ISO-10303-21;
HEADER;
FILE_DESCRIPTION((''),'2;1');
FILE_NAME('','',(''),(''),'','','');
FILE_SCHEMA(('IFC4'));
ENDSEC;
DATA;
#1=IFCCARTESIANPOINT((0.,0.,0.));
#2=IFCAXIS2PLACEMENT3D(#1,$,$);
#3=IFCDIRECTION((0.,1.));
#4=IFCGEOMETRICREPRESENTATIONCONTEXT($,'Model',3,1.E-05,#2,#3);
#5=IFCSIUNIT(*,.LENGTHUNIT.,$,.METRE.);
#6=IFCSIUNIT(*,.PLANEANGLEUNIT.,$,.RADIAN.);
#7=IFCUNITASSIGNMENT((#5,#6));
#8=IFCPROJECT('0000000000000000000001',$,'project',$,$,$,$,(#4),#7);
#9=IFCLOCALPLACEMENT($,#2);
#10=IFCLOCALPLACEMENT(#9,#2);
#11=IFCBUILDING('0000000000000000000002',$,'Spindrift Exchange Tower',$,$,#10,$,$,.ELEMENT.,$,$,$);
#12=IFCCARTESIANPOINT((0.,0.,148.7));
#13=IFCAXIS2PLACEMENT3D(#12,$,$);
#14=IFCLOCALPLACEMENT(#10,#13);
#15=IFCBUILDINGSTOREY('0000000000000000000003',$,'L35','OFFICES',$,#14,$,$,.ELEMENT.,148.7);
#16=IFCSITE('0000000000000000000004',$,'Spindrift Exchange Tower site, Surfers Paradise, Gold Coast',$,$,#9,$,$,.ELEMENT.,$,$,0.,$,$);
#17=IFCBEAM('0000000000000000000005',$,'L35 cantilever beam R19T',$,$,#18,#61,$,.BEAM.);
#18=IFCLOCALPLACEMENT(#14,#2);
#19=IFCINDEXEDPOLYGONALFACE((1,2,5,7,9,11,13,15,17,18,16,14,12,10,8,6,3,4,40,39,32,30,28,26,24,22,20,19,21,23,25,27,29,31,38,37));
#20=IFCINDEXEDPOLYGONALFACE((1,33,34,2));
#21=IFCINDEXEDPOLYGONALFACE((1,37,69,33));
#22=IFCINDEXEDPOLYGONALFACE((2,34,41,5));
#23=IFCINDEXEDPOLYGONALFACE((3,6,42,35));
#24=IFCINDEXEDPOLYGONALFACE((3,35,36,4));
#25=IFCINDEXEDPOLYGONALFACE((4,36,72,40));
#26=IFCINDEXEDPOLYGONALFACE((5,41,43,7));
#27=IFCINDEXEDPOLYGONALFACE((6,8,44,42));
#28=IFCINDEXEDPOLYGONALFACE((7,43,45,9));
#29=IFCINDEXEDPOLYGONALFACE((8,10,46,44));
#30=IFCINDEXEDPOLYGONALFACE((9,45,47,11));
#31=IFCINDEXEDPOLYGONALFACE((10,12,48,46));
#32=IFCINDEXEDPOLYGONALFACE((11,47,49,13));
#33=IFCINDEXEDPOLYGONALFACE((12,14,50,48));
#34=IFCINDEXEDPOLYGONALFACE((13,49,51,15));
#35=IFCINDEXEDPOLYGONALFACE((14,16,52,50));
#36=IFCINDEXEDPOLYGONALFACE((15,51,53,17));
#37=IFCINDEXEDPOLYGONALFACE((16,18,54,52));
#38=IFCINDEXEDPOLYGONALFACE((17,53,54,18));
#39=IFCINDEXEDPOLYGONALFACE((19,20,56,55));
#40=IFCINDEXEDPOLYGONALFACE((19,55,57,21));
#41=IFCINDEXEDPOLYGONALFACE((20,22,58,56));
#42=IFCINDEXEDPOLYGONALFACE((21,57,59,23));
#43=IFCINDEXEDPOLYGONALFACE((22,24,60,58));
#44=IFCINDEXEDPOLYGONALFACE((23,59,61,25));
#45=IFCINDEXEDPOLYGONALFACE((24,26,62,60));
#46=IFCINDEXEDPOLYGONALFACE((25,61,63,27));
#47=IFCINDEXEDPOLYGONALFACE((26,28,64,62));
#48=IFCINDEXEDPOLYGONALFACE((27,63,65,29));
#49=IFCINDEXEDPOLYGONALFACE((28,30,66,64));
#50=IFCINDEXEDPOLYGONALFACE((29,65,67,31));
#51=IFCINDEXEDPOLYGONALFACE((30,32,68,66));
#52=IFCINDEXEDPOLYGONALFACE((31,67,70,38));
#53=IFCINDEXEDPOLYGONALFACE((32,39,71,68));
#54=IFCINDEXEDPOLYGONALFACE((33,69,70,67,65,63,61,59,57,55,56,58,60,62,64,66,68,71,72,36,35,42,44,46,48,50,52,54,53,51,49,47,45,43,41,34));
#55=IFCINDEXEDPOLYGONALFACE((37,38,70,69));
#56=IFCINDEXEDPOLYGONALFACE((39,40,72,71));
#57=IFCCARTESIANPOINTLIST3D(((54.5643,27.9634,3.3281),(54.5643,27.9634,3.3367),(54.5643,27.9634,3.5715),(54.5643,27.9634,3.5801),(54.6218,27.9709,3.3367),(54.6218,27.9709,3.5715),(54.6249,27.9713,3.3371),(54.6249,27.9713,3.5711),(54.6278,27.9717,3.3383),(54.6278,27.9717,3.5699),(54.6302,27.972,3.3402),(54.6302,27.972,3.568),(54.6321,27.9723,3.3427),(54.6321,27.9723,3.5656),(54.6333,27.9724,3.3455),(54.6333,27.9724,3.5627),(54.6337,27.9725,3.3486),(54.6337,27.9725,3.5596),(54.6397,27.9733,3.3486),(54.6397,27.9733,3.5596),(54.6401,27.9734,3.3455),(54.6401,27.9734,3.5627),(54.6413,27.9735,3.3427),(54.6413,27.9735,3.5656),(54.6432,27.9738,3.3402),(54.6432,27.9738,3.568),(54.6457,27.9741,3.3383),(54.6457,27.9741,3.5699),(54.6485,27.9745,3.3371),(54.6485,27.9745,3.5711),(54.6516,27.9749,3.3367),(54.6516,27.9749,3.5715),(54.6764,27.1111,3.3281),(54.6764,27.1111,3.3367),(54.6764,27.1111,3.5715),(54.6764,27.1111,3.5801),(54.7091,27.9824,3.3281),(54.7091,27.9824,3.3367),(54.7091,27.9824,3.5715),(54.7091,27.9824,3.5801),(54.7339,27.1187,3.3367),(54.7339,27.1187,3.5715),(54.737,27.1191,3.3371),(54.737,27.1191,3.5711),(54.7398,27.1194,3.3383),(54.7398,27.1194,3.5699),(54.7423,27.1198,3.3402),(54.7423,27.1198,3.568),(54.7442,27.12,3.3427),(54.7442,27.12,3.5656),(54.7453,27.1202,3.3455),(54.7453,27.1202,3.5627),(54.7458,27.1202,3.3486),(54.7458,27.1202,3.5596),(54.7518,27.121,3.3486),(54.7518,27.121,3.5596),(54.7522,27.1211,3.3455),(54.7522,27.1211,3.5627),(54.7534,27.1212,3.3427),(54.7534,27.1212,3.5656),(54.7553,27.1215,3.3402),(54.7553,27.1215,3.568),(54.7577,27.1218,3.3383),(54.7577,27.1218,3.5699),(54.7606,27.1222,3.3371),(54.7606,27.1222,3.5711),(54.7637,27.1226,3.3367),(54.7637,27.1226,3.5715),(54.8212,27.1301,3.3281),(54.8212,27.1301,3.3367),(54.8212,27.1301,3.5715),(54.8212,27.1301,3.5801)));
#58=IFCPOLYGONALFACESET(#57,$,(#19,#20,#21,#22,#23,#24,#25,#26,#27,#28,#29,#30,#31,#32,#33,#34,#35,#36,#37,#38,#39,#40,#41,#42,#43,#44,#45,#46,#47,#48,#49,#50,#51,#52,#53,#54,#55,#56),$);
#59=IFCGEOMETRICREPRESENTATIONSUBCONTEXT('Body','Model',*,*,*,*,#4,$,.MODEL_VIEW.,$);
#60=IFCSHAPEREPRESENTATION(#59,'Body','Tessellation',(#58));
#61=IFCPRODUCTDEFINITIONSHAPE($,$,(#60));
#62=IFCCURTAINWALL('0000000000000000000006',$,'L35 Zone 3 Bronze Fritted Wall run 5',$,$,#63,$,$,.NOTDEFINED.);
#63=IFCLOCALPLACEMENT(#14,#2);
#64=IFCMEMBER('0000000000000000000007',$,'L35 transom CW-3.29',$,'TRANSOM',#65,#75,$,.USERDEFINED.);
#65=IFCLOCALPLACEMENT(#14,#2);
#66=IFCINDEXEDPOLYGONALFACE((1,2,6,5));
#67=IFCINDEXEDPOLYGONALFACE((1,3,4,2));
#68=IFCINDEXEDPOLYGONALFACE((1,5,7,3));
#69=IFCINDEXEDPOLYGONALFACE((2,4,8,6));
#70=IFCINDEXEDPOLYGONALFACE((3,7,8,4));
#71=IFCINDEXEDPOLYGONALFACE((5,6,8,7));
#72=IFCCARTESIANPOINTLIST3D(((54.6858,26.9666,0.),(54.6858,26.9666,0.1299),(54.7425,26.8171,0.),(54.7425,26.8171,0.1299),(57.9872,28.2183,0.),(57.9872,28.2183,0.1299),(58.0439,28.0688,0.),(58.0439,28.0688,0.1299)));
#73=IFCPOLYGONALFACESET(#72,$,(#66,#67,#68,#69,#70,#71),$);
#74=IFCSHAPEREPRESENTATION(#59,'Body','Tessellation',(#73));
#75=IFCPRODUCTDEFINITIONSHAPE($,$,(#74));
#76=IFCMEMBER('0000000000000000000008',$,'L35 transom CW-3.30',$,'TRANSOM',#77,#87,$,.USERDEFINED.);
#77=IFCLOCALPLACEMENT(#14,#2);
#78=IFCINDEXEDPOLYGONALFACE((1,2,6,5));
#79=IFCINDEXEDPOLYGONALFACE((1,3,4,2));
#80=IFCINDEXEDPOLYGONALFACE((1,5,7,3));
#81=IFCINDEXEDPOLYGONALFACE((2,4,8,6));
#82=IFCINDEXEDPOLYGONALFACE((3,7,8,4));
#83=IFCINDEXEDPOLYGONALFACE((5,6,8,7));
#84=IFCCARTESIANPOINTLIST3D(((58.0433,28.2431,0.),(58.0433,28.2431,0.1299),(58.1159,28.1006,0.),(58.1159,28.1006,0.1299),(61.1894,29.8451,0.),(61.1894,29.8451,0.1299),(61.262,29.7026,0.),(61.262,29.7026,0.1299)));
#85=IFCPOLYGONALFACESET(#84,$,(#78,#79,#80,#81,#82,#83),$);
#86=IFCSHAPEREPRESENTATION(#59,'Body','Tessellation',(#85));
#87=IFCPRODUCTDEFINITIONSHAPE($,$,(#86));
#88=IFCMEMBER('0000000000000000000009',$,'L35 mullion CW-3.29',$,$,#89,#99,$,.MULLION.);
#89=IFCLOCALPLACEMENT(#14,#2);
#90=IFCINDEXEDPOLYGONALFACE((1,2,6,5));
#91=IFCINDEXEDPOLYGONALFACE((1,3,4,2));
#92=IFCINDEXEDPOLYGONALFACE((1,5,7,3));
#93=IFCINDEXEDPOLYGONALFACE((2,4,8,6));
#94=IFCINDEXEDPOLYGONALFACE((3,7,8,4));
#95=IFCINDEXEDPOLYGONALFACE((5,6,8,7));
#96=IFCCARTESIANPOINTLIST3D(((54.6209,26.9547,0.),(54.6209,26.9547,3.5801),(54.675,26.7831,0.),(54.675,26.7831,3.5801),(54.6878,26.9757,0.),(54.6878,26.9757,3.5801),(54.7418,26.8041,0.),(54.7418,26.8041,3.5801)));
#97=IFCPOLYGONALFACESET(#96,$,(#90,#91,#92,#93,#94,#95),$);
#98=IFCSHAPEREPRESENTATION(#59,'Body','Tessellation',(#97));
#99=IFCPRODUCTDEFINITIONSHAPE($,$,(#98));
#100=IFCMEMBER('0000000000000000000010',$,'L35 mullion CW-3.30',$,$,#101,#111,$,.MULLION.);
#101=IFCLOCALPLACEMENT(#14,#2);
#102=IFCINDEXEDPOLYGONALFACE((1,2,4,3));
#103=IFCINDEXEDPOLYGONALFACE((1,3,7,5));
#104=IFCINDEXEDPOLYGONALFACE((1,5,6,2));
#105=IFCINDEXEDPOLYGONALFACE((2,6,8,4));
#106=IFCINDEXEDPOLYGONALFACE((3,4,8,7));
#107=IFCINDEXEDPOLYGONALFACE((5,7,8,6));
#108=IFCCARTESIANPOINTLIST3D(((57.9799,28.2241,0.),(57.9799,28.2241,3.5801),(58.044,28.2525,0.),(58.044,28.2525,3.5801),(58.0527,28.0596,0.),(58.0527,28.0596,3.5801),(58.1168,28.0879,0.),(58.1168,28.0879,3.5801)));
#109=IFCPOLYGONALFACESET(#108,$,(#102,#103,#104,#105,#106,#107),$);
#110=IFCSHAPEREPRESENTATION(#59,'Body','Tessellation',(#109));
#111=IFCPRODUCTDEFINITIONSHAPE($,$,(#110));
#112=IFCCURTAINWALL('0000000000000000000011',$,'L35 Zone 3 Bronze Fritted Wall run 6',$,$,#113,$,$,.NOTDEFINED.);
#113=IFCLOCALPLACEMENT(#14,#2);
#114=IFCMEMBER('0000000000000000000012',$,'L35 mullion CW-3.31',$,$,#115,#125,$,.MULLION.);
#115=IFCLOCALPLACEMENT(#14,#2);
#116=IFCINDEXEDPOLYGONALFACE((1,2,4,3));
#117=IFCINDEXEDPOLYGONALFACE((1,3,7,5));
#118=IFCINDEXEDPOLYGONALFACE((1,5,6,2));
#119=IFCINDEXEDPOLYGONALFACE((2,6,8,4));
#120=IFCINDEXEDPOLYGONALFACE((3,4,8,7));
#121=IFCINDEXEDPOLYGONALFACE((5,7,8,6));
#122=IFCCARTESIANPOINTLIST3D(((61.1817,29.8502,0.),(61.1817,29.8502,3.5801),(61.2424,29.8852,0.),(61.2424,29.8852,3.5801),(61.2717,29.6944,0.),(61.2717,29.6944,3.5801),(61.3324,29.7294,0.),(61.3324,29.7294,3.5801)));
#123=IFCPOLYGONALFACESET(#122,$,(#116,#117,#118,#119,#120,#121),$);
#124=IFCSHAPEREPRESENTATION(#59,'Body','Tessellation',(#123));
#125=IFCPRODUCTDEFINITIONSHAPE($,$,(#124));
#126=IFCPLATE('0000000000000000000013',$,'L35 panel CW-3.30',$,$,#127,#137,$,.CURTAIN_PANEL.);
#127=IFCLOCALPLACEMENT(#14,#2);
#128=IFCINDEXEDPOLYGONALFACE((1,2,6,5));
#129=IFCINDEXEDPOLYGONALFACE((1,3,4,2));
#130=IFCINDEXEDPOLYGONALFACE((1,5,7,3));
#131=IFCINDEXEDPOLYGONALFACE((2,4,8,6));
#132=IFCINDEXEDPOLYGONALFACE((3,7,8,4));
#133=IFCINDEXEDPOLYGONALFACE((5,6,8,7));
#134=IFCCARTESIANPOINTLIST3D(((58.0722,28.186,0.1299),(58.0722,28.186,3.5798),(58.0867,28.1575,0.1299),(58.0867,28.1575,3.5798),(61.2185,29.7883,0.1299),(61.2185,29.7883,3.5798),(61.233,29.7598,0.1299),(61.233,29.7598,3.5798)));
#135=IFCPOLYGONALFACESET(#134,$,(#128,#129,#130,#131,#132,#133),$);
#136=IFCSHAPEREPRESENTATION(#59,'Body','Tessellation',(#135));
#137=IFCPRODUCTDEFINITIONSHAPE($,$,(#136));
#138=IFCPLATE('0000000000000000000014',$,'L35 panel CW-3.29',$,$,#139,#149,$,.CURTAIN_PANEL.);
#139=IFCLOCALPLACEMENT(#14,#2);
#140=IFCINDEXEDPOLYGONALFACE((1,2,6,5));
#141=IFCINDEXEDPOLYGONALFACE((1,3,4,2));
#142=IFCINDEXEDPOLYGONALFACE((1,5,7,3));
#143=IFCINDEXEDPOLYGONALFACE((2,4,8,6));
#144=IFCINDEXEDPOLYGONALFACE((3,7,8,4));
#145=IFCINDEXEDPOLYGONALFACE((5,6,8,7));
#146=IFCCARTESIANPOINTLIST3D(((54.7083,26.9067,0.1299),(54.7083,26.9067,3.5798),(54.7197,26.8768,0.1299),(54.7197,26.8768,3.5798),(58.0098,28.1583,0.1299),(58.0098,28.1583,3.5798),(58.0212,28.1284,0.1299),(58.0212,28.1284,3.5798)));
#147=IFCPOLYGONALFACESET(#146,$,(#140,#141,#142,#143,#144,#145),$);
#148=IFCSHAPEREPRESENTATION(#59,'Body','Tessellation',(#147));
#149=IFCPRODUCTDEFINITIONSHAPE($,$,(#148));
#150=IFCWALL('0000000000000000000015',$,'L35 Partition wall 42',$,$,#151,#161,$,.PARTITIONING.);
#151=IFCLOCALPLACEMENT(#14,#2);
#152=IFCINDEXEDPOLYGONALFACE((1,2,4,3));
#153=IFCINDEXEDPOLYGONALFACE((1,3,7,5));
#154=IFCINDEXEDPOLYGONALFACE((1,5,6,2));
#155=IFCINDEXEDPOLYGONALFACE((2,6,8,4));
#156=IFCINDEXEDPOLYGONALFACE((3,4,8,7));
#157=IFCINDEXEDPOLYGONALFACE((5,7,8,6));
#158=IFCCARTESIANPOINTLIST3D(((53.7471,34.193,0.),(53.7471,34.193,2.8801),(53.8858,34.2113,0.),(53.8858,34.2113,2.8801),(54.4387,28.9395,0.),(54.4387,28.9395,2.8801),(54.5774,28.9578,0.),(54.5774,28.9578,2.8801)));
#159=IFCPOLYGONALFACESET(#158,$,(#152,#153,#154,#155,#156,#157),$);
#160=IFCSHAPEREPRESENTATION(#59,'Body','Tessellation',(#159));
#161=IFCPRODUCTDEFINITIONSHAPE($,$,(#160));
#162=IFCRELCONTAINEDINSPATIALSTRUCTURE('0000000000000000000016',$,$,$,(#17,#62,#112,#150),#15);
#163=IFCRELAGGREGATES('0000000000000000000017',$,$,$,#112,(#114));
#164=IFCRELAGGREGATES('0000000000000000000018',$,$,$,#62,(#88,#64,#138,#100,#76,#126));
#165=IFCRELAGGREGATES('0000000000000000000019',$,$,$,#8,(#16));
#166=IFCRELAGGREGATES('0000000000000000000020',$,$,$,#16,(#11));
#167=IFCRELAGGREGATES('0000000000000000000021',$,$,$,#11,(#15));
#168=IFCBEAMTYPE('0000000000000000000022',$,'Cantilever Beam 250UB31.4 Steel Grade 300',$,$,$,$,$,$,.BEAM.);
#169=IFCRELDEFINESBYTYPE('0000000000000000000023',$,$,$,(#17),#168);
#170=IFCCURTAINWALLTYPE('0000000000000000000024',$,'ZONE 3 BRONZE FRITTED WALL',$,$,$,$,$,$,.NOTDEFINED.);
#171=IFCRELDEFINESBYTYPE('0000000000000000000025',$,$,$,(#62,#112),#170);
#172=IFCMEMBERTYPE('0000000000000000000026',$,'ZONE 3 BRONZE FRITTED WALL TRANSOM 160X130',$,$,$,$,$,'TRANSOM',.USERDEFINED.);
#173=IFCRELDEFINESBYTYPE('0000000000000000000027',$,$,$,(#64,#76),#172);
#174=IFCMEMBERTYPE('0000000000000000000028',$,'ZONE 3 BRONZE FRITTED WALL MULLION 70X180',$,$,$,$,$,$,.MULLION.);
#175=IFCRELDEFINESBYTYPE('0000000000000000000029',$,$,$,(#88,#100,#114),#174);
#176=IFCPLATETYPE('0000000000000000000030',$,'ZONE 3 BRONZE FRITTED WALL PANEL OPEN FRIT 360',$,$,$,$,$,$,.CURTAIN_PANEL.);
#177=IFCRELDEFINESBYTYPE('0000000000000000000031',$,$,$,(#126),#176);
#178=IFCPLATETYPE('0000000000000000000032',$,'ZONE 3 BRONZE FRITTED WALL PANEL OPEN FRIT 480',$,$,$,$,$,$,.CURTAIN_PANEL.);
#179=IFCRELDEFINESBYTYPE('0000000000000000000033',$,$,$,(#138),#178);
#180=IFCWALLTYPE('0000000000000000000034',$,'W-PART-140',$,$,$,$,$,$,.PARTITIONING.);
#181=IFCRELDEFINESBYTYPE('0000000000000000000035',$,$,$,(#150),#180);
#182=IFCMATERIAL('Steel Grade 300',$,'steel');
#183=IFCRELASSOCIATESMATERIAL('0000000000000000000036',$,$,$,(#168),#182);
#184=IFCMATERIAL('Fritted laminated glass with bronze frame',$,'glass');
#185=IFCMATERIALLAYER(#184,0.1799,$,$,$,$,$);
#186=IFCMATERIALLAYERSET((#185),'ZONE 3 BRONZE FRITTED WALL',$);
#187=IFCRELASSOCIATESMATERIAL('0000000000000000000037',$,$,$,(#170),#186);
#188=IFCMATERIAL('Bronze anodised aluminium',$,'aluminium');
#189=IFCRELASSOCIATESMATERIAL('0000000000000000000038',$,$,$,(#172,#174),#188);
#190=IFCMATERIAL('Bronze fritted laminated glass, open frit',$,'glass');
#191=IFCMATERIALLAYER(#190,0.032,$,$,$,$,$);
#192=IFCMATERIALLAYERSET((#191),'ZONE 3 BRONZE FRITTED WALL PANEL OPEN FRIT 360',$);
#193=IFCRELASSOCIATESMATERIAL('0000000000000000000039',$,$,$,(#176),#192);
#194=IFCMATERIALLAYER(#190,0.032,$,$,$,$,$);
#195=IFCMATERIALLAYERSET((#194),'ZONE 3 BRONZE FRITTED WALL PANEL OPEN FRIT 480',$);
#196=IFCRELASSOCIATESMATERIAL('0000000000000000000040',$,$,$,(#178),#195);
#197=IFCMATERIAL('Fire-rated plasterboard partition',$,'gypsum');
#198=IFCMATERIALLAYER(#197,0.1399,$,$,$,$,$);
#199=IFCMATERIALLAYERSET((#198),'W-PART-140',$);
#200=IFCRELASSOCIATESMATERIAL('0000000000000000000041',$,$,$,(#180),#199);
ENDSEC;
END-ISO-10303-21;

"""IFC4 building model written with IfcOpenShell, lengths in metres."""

from ifc_helpers import new_model, si_unit, direction, frame, frame_2d, origin, origin_2d, place, context, subcontext, project, spatial, rectangle, i_section, extrude, source, transform, mapped, material, layer, layer_set, material_profile, profile_set, type_object, element, aggregate, save


model = new_model("IFC4")

# Units and contexts
model_context = context("Model", 3, precision=1e-05, world=origin(), true_north=direction((0.0, 1.0)))
body_context = subcontext(model_context, "Body", "Model", "MODEL_VIEW")
ifc_project = project(units=[si_unit("LENGTHUNIT", "METRE"), si_unit("PLANEANGLEUNIT", "RADIAN")], contexts=[model_context])

# Site, building, storey
site_placement = place(None, origin())
site = spatial("IfcSite", under=ifc_project, at=site_placement, Name="Spindrift Exchange Tower site, Surfers Paradise, Gold Coast", CompositionType="ELEMENT", RefElevation=0.0)
building_placement = place(site_placement, origin())
building = spatial("IfcBuilding", under=site, at=building_placement, Name="Spindrift Exchange Tower", CompositionType="ELEMENT")
storey_placement = place(building_placement, frame((0.0, 0.0, 148.7)))
storey = spatial("IfcBuildingStorey", under=building, at=storey_placement, Name="L35", Description="OFFICES", CompositionType="ELEMENT", Elevation=148.7)

# Beam
ifc_material_1 = material(Name="Steel Grade 300", Category="steel")
ifc_material_profile_1 = material_profile(ifc_material_1, i_section(OverallWidth=0.146, OverallDepth=0.252, WebThickness=0.0061, FlangeThickness=0.0085, FilletRadius=0.012, at=origin_2d()), Name="250UB31.4")
ifc_profile_set_1 = profile_set([ifc_material_profile_1], Name="Steel Grade 300")
beam_type_1 = type_object("IfcBeamType", Name="Cantilever Beam 250UB31.4 Steel Grade 300", PredefinedType="BEAM", material=ifc_profile_set_1)
shared_shape_1 = source(origin(), body_context, "Body", "SweptSolid", [
    extrude(i_section(OverallWidth=0.146, OverallDepth=0.252, WebThickness=0.0061, FlangeThickness=0.0085, FilletRadius=0.012, at=origin_2d()), origin(), (0.0, 0.0, 1.0), 0.8596),
])
beam_1_placement = place(storey_placement, frame((54.6367, 27.9729, 3.4541), z_axis=(0.130359, -0.991467, 0.0), x_axis=(0.991467, 0.130359, 0.0)))
element("IfcBeam", 1, at=beam_1_placement, inside=storey, type_object=beam_type_1, Name="L35 cantilever beam R19T", PredefinedType="BEAM", context=body_context, shape_type="MappedRepresentation", body=[
    mapped(shared_shape_1, transform((0.0, 0.0, 0.0), scale=1.0)),
])

# Curtain wall, members
ifc_material_2 = material(Name="Fritted laminated glass with bronze frame", Category="glass")
ifc_layer_1 = layer(ifc_material_2, 0.1799)
ifc_layer_set_1 = layer_set([ifc_layer_1], Name="ZONE 3 BRONZE FRITTED WALL")
curtain_wall_type = type_object("IfcCurtainWallType", Name="ZONE 3 BRONZE FRITTED WALL", PredefinedType="NOTDEFINED", material=ifc_layer_set_1)
curtain_wall_1_placement = place(storey_placement, origin())
curtain_wall_1 = element("IfcCurtainWall", 2, at=curtain_wall_1_placement, inside=storey, type_object=curtain_wall_type, Name="L35 Zone 3 Bronze Fritted Wall run 5", PredefinedType="NOTDEFINED")
ifc_material_3 = material(Name="Bronze anodised aluminium", Category="aluminium")
ifc_material_profile_2 = material_profile(ifc_material_3, rectangle(XDim=0.1599, YDim=0.1299, at=origin_2d()), Name="ZONE 3 BRONZE FRITTED WALL TRANSOM 160X130")
ifc_profile_set_2 = profile_set([ifc_material_profile_2], Name="Bronze anodised aluminium")
member_type_1 = type_object("IfcMemberType", Name="ZONE 3 BRONZE FRITTED WALL TRANSOM 160X130", ElementType="TRANSOM", PredefinedType="USERDEFINED", material=ifc_profile_set_2)
shared_shape_2 = source(origin(), body_context, "Body", "SweptSolid", [
    extrude(rectangle(XDim=0.1599, YDim=0.1299, at=origin_2d()), origin(), (0.0, 0.0, 1.0), 3.5308),
])
member_1_placement = place(storey_placement, frame((54.7141, 26.8918, 0.0649), z_axis=(0.935053, 0.354508, 0.0), x_axis=(-0.354508, 0.935053, 0.0)))
member_1 = element("IfcMember", 3, at=member_1_placement, type_object=member_type_1, Name="L35 transom CW-3.29", ObjectType="TRANSOM", PredefinedType="USERDEFINED", context=body_context, shape_type="MappedRepresentation", body=[
    mapped(shared_shape_2, transform((0.0, 0.0, 0.0), scale=1.0)),
])
shared_shape_3 = source(origin(), body_context, "Body", "SweptSolid", [
    extrude(rectangle(XDim=0.1599, YDim=0.1299, at=origin_2d()), origin(), (0.0, 0.0, 1.0), 3.5305),
])
member_2_placement = place(storey_placement, frame((58.0796, 28.1719, 0.0649), z_axis=(0.891125, 0.453757, 0.0), x_axis=(-0.453757, 0.891125, 0.0)))
member_2 = element("IfcMember", 4, at=member_2_placement, type_object=member_type_1, Name="L35 transom CW-3.30", ObjectType="TRANSOM", PredefinedType="USERDEFINED", context=body_context, shape_type="MappedRepresentation", body=[
    mapped(shared_shape_3, transform((0.0, 0.0, 0.0), scale=1.0)),
])
ifc_material_profile_3 = material_profile(ifc_material_3, rectangle(XDim=0.0701, YDim=0.1799, at=origin_2d()), Name="ZONE 3 BRONZE FRITTED WALL MULLION 70X180")
ifc_profile_set_3 = profile_set([ifc_material_profile_3], Name="Bronze anodised aluminium")
member_type_2 = type_object("IfcMemberType", Name="ZONE 3 BRONZE FRITTED WALL MULLION 70X180", PredefinedType="MULLION", material=ifc_profile_set_3)
shared_shape_4 = source(origin(), body_context, "Body", "SweptSolid", [
    extrude(rectangle(XDim=0.0701, YDim=0.1799, at=origin_2d()), origin(), (0.0, 0.0, 1.0), 3.5801),
])
member_3_placement = place(storey_placement, frame((54.6814, 26.8794, 0.0), z_axis=(0.0, 0.0, 1.0), x_axis=(0.953792, 0.300468, 0.0)))
member_3 = element("IfcMember", 5, at=member_3_placement, type_object=member_type_2, Name="L35 mullion CW-3.29", PredefinedType="MULLION", context=body_context, shape_type="MappedRepresentation", body=[
    mapped(shared_shape_4, transform((0.0, 0.0, 0.0), scale=1.0)),
])
member_4_placement = place(storey_placement, frame((58.0483, 28.156, 0.0), z_axis=(0.0, 0.0, 1.0), x_axis=(0.914435, 0.404734, 0.0)))
member_4 = element("IfcMember", 6, at=member_4_placement, type_object=member_type_2, Name="L35 mullion CW-3.30", PredefinedType="MULLION", context=body_context, shape_type="MappedRepresentation", body=[
    mapped(shared_shape_4, transform((0.0, 0.0, 0.0), scale=1.0)),
])

# Curtain wall, member
curtain_wall_2_placement = place(storey_placement, origin())
curtain_wall_2 = element("IfcCurtainWall", 7, at=curtain_wall_2_placement, inside=storey, type_object=curtain_wall_type, Name="L35 Zone 3 Bronze Fritted Wall run 6", PredefinedType="NOTDEFINED")
member_5_placement = place(storey_placement, frame((61.2571, 29.7898, 0.0), z_axis=(0.0, 0.0, 1.0), x_axis=(0.865923, 0.500178, 0.0)))
member_5 = element("IfcMember", 8, at=member_5_placement, type_object=member_type_2, Name="L35 mullion CW-3.31", PredefinedType="MULLION", context=body_context, shape_type="MappedRepresentation", body=[
    mapped(shared_shape_4, transform((0.0, 0.0, 0.0), scale=1.0)),
])
aggregate(curtain_wall_2, [member_5])

# Plates
ifc_material_4 = material(Name="Bronze fritted laminated glass, open frit", Category="glass")
ifc_layer_2 = layer(ifc_material_4, 0.032)
ifc_layer_set_2 = layer_set([ifc_layer_2], Name="ZONE 3 BRONZE FRITTED WALL PANEL OPEN FRIT 360")
plate_type_1 = type_object("IfcPlateType", Name="ZONE 3 BRONZE FRITTED WALL PANEL OPEN FRIT 360", PredefinedType="CURTAIN_PANEL", material=ifc_layer_set_2)
shared_shape_5 = source(origin(), body_context, "Body", "SweptSolid", [
    extrude(rectangle(XDim=3.5308, YDim=0.032, at=origin_2d()), origin(), (0.0, 0.0, 1.0), 3.45),
])
plate_1_placement = place(storey_placement, frame((59.6526, 28.9729, 0.1299), z_axis=(0.0, 0.0, 1.0), x_axis=(0.89111, 0.453788, 0.0)))
plate_1 = element("IfcPlate", 9, at=plate_1_placement, type_object=plate_type_1, Name="L35 panel CW-3.30", PredefinedType="CURTAIN_PANEL", context=body_context, shape_type="MappedRepresentation", body=[
    mapped(shared_shape_5, transform((0.0, 0.0, 0.0), scale=1.0)),
])
ifc_layer_3 = layer(ifc_material_4, 0.032)
ifc_layer_set_3 = layer_set([ifc_layer_3], Name="ZONE 3 BRONZE FRITTED WALL PANEL OPEN FRIT 480")
plate_type_2 = type_object("IfcPlateType", Name="ZONE 3 BRONZE FRITTED WALL PANEL OPEN FRIT 480", PredefinedType="CURTAIN_PANEL", material=ifc_layer_set_3)
shared_shape_6 = source(origin(), body_context, "Body", "SweptSolid", [
    extrude(rectangle(XDim=3.5308, YDim=0.032, at=origin_2d()), origin(), (0.0, 0.0, 1.0), 3.45),
])
plate_2_placement = place(storey_placement, frame((56.3647, 27.5176, 0.1299), z_axis=(0.0, 0.0, 1.0), x_axis=(0.935062, 0.354484, 0.0)))
plate_2 = element("IfcPlate", 10, at=plate_2_placement, type_object=plate_type_2, Name="L35 panel CW-3.29", PredefinedType="CURTAIN_PANEL", context=body_context, shape_type="MappedRepresentation", body=[
    mapped(shared_shape_6, transform((0.0, 0.0, 0.0), scale=1.0)),
])
aggregate(curtain_wall_1, [member_3, member_1, plate_2, member_4, member_2, plate_1])

# Wall
ifc_material_5 = material(Name="Fire-rated plasterboard partition", Category="gypsum")
ifc_layer_4 = layer(ifc_material_5, 0.1399)
ifc_layer_set_4 = layer_set([ifc_layer_4], Name="W-PART-140")
wall_type = type_object("IfcWallType", Name="W-PART-140", PredefinedType="PARTITIONING", material=ifc_layer_set_4)
wall_1_placement = place(storey_placement, frame((53.8164, 34.2021, 0.0), z_axis=(0.0, 0.0, 1.0), x_axis=(0.130531, -0.991444, 0.0)))
element("IfcWall", 11, at=wall_1_placement, inside=storey, type_object=wall_type, Name="L35 Partition wall 42", PredefinedType="PARTITIONING", context=body_context, shape_type="SweptSolid", body=[
    extrude(rectangle(XDim=5.2988, YDim=0.1399, at=frame_2d((2.6494, 0.0))), origin(), (0.0, 0.0, 1.0), 2.8801),
])

save(model, "model.ifc")
